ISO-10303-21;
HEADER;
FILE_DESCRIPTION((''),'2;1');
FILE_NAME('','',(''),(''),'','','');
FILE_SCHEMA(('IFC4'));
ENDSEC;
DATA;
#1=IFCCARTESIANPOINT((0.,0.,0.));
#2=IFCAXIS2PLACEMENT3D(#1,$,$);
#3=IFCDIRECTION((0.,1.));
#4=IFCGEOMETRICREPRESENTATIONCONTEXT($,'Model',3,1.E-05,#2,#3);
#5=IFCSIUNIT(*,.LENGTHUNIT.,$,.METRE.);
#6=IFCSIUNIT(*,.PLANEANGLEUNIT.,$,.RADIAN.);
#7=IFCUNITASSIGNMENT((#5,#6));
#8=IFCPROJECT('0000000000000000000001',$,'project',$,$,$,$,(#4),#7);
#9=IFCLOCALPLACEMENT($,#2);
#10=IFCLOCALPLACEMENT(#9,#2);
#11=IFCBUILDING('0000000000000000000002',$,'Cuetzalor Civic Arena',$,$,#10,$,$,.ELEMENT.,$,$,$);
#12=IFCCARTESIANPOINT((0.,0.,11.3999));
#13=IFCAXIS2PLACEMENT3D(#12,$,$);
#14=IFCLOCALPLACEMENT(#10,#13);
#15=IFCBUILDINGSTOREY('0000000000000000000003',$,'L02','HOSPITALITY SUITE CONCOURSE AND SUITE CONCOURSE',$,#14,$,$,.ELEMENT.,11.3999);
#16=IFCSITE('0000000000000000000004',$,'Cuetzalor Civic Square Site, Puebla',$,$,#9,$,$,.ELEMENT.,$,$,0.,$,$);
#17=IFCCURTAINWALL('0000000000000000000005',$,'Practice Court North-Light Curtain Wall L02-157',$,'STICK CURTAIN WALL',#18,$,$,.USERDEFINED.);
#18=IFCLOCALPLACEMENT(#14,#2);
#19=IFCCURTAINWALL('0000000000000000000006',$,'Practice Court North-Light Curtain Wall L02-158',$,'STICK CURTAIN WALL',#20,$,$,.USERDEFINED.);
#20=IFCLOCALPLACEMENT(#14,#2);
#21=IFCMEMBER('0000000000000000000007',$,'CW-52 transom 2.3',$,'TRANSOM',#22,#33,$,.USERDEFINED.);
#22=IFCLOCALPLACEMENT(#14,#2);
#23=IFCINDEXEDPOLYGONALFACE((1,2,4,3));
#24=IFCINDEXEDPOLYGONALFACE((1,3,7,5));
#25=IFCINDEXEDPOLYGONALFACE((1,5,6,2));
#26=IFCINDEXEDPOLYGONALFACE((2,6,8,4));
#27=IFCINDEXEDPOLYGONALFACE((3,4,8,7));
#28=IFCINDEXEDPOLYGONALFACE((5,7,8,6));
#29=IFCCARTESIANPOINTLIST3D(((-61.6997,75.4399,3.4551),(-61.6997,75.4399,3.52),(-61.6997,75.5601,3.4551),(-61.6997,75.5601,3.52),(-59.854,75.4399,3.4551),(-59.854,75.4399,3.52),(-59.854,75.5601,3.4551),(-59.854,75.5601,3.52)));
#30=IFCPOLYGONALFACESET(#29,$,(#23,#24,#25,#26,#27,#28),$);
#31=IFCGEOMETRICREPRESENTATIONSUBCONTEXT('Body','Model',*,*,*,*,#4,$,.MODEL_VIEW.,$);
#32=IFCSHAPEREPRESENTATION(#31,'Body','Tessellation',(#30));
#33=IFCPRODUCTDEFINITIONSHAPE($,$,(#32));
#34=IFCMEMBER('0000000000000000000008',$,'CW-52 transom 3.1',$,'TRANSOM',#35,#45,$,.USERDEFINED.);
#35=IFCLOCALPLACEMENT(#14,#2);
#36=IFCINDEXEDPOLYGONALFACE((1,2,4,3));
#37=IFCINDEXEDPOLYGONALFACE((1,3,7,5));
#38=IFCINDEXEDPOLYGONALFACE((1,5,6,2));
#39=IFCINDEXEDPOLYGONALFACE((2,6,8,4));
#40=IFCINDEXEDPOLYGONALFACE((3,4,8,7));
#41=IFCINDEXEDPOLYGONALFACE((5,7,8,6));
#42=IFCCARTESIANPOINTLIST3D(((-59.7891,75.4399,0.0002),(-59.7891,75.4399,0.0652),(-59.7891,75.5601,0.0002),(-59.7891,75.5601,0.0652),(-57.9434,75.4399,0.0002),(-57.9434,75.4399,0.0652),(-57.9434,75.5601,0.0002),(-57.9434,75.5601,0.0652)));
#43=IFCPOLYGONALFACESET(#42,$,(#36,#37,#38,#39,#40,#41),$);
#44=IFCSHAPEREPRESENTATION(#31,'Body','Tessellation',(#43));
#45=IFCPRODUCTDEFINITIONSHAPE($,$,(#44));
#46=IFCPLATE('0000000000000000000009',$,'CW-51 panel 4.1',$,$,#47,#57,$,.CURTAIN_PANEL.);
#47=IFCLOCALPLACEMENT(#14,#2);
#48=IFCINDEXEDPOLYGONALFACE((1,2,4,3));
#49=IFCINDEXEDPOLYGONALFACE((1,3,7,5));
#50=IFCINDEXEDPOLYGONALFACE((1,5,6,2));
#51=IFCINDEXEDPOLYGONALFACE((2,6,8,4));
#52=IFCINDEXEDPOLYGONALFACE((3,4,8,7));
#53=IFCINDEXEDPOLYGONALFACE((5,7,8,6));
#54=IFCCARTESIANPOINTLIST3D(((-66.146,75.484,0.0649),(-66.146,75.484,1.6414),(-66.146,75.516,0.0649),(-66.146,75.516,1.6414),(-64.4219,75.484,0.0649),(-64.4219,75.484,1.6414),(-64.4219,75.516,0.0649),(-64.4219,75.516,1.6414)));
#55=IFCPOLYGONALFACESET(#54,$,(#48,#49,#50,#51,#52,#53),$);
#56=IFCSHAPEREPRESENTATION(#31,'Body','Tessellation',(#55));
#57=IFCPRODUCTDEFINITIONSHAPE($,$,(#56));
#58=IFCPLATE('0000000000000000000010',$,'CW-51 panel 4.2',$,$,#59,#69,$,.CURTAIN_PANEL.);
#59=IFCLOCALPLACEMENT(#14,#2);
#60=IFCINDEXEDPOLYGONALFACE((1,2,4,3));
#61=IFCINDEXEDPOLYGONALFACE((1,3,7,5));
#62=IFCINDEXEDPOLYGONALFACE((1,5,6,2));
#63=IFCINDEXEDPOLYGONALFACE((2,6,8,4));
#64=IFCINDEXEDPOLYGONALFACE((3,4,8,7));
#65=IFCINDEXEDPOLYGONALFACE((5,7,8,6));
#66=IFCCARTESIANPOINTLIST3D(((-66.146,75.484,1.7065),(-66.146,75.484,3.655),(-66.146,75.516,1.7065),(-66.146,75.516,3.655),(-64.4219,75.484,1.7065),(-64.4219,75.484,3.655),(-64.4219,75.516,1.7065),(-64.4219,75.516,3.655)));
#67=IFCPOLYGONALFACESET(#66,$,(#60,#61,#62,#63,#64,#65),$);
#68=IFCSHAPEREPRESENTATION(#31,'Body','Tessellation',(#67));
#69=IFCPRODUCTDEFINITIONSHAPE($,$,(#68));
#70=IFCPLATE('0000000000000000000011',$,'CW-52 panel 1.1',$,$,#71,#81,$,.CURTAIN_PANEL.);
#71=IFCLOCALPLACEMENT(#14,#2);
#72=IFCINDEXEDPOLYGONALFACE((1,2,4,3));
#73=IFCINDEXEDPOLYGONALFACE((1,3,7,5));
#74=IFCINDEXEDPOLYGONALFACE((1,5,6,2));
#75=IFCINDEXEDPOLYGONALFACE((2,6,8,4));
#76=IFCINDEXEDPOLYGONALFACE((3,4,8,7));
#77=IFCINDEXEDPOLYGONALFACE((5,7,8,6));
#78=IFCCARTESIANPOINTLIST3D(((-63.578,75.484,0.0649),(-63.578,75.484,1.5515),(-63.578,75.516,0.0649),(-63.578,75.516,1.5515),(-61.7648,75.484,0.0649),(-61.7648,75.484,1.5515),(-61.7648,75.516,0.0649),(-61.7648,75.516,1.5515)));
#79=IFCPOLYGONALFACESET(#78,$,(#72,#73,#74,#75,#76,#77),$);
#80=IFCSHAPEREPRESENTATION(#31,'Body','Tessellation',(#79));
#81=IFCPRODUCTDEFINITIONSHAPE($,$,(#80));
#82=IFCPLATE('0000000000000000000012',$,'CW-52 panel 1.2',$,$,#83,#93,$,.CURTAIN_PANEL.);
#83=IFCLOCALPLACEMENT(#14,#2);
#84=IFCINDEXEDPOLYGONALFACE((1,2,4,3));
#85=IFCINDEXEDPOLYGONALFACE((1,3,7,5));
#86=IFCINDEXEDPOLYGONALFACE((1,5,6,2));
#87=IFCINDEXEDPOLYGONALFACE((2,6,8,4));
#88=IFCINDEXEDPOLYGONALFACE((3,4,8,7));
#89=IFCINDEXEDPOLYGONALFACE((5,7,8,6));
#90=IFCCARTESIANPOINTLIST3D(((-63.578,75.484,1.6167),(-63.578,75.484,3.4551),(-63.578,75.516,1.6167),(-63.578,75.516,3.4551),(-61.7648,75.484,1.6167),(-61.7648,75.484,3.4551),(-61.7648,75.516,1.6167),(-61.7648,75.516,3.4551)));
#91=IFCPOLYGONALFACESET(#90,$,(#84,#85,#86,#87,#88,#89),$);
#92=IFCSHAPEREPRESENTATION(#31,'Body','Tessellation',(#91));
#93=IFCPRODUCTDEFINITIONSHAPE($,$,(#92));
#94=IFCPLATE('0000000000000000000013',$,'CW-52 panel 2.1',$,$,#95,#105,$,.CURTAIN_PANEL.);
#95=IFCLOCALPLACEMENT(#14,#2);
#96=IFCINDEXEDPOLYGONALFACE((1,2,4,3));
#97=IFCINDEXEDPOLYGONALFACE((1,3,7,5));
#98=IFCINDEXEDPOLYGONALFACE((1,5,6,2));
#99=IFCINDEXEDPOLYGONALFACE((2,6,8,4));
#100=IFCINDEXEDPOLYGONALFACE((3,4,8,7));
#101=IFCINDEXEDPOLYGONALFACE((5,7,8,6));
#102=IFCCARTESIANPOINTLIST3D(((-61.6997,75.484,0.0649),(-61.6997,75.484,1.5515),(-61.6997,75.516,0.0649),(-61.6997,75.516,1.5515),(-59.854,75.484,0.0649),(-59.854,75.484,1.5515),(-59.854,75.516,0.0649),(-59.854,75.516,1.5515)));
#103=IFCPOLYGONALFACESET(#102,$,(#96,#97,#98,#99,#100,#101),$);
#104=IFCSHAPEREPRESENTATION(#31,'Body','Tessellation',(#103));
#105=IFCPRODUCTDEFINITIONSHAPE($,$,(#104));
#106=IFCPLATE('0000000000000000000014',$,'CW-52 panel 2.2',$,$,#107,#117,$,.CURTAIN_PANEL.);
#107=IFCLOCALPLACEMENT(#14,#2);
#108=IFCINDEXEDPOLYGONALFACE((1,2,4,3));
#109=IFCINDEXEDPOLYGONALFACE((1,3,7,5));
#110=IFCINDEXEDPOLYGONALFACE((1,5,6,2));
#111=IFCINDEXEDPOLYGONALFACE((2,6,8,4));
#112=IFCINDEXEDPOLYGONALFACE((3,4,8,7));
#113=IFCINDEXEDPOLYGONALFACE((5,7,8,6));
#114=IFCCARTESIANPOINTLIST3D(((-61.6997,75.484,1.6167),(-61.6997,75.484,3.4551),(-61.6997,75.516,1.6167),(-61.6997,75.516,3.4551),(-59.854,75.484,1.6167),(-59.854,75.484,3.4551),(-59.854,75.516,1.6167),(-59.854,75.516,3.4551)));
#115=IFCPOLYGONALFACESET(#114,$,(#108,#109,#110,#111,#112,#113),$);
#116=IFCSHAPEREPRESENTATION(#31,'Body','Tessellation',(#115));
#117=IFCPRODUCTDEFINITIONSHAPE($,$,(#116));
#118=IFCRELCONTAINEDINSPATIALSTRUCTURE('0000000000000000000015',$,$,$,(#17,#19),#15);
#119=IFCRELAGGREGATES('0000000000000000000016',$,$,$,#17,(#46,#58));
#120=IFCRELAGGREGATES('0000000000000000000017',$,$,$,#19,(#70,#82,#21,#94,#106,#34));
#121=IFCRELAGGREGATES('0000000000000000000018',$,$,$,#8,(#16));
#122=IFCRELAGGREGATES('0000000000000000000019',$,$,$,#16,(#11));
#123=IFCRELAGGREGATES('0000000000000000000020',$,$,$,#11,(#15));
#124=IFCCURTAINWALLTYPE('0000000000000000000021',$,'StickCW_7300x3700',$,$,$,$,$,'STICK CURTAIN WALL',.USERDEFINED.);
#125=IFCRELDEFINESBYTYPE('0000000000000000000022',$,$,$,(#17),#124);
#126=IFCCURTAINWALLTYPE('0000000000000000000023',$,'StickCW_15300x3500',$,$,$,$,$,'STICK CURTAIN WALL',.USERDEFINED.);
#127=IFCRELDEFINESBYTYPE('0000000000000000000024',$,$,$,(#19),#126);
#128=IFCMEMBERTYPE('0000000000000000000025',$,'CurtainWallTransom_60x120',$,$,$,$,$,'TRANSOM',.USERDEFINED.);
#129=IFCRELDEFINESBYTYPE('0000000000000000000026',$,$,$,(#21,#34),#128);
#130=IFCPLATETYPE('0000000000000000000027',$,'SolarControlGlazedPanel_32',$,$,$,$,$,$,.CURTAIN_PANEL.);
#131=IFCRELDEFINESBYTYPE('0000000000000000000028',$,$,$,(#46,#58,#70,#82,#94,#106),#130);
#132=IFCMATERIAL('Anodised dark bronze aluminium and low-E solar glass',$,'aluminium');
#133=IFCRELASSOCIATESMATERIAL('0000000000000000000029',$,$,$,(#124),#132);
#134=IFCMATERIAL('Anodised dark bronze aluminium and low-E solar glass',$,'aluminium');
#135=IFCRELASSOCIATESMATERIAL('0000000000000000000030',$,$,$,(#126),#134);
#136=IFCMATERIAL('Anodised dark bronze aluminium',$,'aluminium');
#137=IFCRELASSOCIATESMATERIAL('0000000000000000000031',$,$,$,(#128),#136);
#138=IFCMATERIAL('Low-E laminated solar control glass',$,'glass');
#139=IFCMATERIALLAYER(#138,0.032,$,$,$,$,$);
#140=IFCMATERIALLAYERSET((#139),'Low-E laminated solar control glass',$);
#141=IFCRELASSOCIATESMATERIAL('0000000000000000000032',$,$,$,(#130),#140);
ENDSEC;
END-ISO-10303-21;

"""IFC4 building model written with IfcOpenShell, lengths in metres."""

from ifc_helpers import new_model, si_unit, direction, frame, origin, origin_2d, place, context, subcontext, project, spatial, rectangle, extrude, material, layer, layer_set, material_profile, profile_set, type_object, element, aggregate, save


model = new_model("IFC4")

# Units and contexts
model_context = context("Model", 3, precision=1e-05, world=origin(), true_north=direction((0.0, 1.0)))
body_context = subcontext(model_context, "Body", "Model", "MODEL_VIEW")
ifc_project = project(units=[si_unit("LENGTHUNIT", "METRE"), si_unit("PLANEANGLEUNIT", "RADIAN")], contexts=[model_context])

# Site, building, storey
site_placement = place(None, origin())
site = spatial("IfcSite", under=ifc_project, at=site_placement, Name="Cuetzalor Civic Square Site, Puebla", CompositionType="ELEMENT", RefElevation=0.0)
building_placement = place(site_placement, origin())
building = spatial("IfcBuilding", under=site, at=building_placement, Name="Cuetzalor Civic Arena", CompositionType="ELEMENT")
storey_placement = place(building_placement, frame((0.0, 0.0, 11.3999)))
storey = spatial("IfcBuildingStorey", under=building, at=storey_placement, Name="L02", Description="HOSPITALITY SUITE CONCOURSE AND SUITE CONCOURSE", CompositionType="ELEMENT", Elevation=11.3999)

# Curtain wall
ifc_material_1 = material(Name="Anodised dark bronze aluminium and low-E solar glass", Category="aluminium")
curtain_wall_type_1 = type_object("IfcCurtainWallType", Name="StickCW_7300x3700", ElementType="STICK CURTAIN WALL", PredefinedType="USERDEFINED", material=ifc_material_1)
curtain_wall_1_placement = place(storey_placement, origin())
curtain_wall_1 = element("IfcCurtainWall", 1, at=curtain_wall_1_placement, inside=storey, type_object=curtain_wall_type_1, Name="Practice Court North-Light Curtain Wall L02-157", ObjectType="STICK CURTAIN WALL", PredefinedType="USERDEFINED")

# Curtain wall
ifc_material_2 = material(Name="Anodised dark bronze aluminium and low-E solar glass", Category="aluminium")
curtain_wall_type_2 = type_object("IfcCurtainWallType", Name="StickCW_15300x3500", ElementType="STICK CURTAIN WALL", PredefinedType="USERDEFINED", material=ifc_material_2)
curtain_wall_2_placement = place(storey_placement, origin())
curtain_wall_2 = element("IfcCurtainWall", 2, at=curtain_wall_2_placement, inside=storey, type_object=curtain_wall_type_2, Name="Practice Court North-Light Curtain Wall L02-158", ObjectType="STICK CURTAIN WALL", PredefinedType="USERDEFINED")

# Members
ifc_material_3 = material(Name="Anodised dark bronze aluminium", Category="aluminium")
ifc_material_profile_1 = material_profile(ifc_material_3, rectangle(XDim=0.1201, YDim=0.0649, at=origin_2d()), Name="ALU TRANSOM 65x120")
ifc_profile_set_1 = profile_set([ifc_material_profile_1], Name="Anodised dark bronze aluminium")
member_type_1 = type_object("IfcMemberType", Name="CurtainWallTransom_60x120", ElementType="TRANSOM", PredefinedType="USERDEFINED", material=ifc_profile_set_1)
member_1_placement = place(storey_placement, frame((-61.6997, 75.5, 3.4875), z_axis=(1.0, 0.0, 0.0), x_axis=(0.0, 1.0, 0.0)))
member_1 = element("IfcMember", 3, at=member_1_placement, type_object=member_type_1, Name="CW-52 transom 2.3", ObjectType="TRANSOM", PredefinedType="USERDEFINED", context=body_context, shape_type="SweptSolid", body=[
    extrude(rectangle(XDim=0.1201, YDim=0.0649, at=origin_2d()), origin(), (0.0, 0.0, 1.0), 1.8457),
])
member_2_placement = place(storey_placement, frame((-59.7891, 75.5, 0.0327), z_axis=(1.0, 0.0, 0.0), x_axis=(0.0, 1.0, 0.0)))
member_2 = element("IfcMember", 4, at=member_2_placement, type_object=member_type_1, Name="CW-52 transom 3.1", ObjectType="TRANSOM", PredefinedType="USERDEFINED", context=body_context, shape_type="SweptSolid", body=[
    extrude(rectangle(XDim=0.1201, YDim=0.0649, at=origin_2d()), origin(), (0.0, 0.0, 1.0), 1.8457),
])

# Plates
ifc_material_4 = material(Name="Low-E laminated solar control glass", Category="glass")
ifc_layer = layer(ifc_material_4, 0.032)
ifc_layer_set = layer_set([ifc_layer], Name="Low-E laminated solar control glass")
plate_type = type_object("IfcPlateType", Name="SolarControlGlazedPanel_32", PredefinedType="CURTAIN_PANEL", material=ifc_layer_set)
plate_1_placement = place(storey_placement, frame((-65.2839, 75.5, 0.0649), z_axis=(0.0, 0.0, 1.0), x_axis=(1.0, 0.0, 0.0)))
plate_1 = element("IfcPlate", 5, at=plate_1_placement, type_object=plate_type, Name="CW-51 panel 4.1", PredefinedType="CURTAIN_PANEL", context=body_context, shape_type="SweptSolid", body=[
    extrude(rectangle(XDim=1.7241, YDim=0.032, at=origin_2d()), origin(), (0.0, 0.0, 1.0), 1.5764),
])
plate_2_placement = place(storey_placement, frame((-65.2839, 75.5, 1.7065), z_axis=(0.0, 0.0, 1.0), x_axis=(1.0, 0.0, 0.0)))
plate_2 = element("IfcPlate", 6, at=plate_2_placement, type_object=plate_type, Name="CW-51 panel 4.2", PredefinedType="CURTAIN_PANEL", context=body_context, shape_type="SweptSolid", body=[
    extrude(rectangle(XDim=1.7241, YDim=0.032, at=origin_2d()), origin(), (0.0, 0.0, 1.0), 1.9485),
])
aggregate(curtain_wall_1, [plate_1, plate_2])
plate_3_placement = place(storey_placement, frame((-62.6714, 75.5, 0.0649), z_axis=(0.0, 0.0, 1.0), x_axis=(1.0, 0.0, 0.0)))
plate_3 = element("IfcPlate", 7, at=plate_3_placement, type_object=plate_type, Name="CW-52 panel 1.1", PredefinedType="CURTAIN_PANEL", context=body_context, shape_type="SweptSolid", body=[
    extrude(rectangle(XDim=1.8132, YDim=0.032, at=origin_2d()), origin(), (0.0, 0.0, 1.0), 1.4866),
])
plate_4_placement = place(storey_placement, frame((-62.6714, 75.5, 1.6167), z_axis=(0.0, 0.0, 1.0), x_axis=(1.0, 0.0, 0.0)))
plate_4 = element("IfcPlate", 8, at=plate_4_placement, type_object=plate_type, Name="CW-52 panel 1.2", PredefinedType="CURTAIN_PANEL", context=body_context, shape_type="SweptSolid", body=[
    extrude(rectangle(XDim=1.8132, YDim=0.032, at=origin_2d()), origin(), (0.0, 0.0, 1.0), 1.8384),
])
plate_5_placement = place(storey_placement, frame((-60.7769, 75.5, 0.0649), z_axis=(0.0, 0.0, 1.0), x_axis=(1.0, 0.0, 0.0)))
plate_5 = element("IfcPlate", 9, at=plate_5_placement, type_object=plate_type, Name="CW-52 panel 2.1", PredefinedType="CURTAIN_PANEL", context=body_context, shape_type="SweptSolid", body=[
    extrude(rectangle(XDim=1.8457, YDim=0.032, at=origin_2d()), origin(), (0.0, 0.0, 1.0), 1.4866),
])
plate_6_placement = place(storey_placement, frame((-60.7769, 75.5, 1.6167), z_axis=(0.0, 0.0, 1.0), x_axis=(1.0, 0.0, 0.0)))
plate_6 = element("IfcPlate", 10, at=plate_6_placement, type_object=plate_type, Name="CW-52 panel 2.2", PredefinedType="CURTAIN_PANEL", context=body_context, shape_type="SweptSolid", body=[
    extrude(rectangle(XDim=1.8457, YDim=0.032, at=origin_2d()), origin(), (0.0, 0.0, 1.0), 1.8384),
])
aggregate(curtain_wall_2, [plate_3, plate_4, member_1, plate_5, plate_6, member_2])

save(model, "model.ifc")
